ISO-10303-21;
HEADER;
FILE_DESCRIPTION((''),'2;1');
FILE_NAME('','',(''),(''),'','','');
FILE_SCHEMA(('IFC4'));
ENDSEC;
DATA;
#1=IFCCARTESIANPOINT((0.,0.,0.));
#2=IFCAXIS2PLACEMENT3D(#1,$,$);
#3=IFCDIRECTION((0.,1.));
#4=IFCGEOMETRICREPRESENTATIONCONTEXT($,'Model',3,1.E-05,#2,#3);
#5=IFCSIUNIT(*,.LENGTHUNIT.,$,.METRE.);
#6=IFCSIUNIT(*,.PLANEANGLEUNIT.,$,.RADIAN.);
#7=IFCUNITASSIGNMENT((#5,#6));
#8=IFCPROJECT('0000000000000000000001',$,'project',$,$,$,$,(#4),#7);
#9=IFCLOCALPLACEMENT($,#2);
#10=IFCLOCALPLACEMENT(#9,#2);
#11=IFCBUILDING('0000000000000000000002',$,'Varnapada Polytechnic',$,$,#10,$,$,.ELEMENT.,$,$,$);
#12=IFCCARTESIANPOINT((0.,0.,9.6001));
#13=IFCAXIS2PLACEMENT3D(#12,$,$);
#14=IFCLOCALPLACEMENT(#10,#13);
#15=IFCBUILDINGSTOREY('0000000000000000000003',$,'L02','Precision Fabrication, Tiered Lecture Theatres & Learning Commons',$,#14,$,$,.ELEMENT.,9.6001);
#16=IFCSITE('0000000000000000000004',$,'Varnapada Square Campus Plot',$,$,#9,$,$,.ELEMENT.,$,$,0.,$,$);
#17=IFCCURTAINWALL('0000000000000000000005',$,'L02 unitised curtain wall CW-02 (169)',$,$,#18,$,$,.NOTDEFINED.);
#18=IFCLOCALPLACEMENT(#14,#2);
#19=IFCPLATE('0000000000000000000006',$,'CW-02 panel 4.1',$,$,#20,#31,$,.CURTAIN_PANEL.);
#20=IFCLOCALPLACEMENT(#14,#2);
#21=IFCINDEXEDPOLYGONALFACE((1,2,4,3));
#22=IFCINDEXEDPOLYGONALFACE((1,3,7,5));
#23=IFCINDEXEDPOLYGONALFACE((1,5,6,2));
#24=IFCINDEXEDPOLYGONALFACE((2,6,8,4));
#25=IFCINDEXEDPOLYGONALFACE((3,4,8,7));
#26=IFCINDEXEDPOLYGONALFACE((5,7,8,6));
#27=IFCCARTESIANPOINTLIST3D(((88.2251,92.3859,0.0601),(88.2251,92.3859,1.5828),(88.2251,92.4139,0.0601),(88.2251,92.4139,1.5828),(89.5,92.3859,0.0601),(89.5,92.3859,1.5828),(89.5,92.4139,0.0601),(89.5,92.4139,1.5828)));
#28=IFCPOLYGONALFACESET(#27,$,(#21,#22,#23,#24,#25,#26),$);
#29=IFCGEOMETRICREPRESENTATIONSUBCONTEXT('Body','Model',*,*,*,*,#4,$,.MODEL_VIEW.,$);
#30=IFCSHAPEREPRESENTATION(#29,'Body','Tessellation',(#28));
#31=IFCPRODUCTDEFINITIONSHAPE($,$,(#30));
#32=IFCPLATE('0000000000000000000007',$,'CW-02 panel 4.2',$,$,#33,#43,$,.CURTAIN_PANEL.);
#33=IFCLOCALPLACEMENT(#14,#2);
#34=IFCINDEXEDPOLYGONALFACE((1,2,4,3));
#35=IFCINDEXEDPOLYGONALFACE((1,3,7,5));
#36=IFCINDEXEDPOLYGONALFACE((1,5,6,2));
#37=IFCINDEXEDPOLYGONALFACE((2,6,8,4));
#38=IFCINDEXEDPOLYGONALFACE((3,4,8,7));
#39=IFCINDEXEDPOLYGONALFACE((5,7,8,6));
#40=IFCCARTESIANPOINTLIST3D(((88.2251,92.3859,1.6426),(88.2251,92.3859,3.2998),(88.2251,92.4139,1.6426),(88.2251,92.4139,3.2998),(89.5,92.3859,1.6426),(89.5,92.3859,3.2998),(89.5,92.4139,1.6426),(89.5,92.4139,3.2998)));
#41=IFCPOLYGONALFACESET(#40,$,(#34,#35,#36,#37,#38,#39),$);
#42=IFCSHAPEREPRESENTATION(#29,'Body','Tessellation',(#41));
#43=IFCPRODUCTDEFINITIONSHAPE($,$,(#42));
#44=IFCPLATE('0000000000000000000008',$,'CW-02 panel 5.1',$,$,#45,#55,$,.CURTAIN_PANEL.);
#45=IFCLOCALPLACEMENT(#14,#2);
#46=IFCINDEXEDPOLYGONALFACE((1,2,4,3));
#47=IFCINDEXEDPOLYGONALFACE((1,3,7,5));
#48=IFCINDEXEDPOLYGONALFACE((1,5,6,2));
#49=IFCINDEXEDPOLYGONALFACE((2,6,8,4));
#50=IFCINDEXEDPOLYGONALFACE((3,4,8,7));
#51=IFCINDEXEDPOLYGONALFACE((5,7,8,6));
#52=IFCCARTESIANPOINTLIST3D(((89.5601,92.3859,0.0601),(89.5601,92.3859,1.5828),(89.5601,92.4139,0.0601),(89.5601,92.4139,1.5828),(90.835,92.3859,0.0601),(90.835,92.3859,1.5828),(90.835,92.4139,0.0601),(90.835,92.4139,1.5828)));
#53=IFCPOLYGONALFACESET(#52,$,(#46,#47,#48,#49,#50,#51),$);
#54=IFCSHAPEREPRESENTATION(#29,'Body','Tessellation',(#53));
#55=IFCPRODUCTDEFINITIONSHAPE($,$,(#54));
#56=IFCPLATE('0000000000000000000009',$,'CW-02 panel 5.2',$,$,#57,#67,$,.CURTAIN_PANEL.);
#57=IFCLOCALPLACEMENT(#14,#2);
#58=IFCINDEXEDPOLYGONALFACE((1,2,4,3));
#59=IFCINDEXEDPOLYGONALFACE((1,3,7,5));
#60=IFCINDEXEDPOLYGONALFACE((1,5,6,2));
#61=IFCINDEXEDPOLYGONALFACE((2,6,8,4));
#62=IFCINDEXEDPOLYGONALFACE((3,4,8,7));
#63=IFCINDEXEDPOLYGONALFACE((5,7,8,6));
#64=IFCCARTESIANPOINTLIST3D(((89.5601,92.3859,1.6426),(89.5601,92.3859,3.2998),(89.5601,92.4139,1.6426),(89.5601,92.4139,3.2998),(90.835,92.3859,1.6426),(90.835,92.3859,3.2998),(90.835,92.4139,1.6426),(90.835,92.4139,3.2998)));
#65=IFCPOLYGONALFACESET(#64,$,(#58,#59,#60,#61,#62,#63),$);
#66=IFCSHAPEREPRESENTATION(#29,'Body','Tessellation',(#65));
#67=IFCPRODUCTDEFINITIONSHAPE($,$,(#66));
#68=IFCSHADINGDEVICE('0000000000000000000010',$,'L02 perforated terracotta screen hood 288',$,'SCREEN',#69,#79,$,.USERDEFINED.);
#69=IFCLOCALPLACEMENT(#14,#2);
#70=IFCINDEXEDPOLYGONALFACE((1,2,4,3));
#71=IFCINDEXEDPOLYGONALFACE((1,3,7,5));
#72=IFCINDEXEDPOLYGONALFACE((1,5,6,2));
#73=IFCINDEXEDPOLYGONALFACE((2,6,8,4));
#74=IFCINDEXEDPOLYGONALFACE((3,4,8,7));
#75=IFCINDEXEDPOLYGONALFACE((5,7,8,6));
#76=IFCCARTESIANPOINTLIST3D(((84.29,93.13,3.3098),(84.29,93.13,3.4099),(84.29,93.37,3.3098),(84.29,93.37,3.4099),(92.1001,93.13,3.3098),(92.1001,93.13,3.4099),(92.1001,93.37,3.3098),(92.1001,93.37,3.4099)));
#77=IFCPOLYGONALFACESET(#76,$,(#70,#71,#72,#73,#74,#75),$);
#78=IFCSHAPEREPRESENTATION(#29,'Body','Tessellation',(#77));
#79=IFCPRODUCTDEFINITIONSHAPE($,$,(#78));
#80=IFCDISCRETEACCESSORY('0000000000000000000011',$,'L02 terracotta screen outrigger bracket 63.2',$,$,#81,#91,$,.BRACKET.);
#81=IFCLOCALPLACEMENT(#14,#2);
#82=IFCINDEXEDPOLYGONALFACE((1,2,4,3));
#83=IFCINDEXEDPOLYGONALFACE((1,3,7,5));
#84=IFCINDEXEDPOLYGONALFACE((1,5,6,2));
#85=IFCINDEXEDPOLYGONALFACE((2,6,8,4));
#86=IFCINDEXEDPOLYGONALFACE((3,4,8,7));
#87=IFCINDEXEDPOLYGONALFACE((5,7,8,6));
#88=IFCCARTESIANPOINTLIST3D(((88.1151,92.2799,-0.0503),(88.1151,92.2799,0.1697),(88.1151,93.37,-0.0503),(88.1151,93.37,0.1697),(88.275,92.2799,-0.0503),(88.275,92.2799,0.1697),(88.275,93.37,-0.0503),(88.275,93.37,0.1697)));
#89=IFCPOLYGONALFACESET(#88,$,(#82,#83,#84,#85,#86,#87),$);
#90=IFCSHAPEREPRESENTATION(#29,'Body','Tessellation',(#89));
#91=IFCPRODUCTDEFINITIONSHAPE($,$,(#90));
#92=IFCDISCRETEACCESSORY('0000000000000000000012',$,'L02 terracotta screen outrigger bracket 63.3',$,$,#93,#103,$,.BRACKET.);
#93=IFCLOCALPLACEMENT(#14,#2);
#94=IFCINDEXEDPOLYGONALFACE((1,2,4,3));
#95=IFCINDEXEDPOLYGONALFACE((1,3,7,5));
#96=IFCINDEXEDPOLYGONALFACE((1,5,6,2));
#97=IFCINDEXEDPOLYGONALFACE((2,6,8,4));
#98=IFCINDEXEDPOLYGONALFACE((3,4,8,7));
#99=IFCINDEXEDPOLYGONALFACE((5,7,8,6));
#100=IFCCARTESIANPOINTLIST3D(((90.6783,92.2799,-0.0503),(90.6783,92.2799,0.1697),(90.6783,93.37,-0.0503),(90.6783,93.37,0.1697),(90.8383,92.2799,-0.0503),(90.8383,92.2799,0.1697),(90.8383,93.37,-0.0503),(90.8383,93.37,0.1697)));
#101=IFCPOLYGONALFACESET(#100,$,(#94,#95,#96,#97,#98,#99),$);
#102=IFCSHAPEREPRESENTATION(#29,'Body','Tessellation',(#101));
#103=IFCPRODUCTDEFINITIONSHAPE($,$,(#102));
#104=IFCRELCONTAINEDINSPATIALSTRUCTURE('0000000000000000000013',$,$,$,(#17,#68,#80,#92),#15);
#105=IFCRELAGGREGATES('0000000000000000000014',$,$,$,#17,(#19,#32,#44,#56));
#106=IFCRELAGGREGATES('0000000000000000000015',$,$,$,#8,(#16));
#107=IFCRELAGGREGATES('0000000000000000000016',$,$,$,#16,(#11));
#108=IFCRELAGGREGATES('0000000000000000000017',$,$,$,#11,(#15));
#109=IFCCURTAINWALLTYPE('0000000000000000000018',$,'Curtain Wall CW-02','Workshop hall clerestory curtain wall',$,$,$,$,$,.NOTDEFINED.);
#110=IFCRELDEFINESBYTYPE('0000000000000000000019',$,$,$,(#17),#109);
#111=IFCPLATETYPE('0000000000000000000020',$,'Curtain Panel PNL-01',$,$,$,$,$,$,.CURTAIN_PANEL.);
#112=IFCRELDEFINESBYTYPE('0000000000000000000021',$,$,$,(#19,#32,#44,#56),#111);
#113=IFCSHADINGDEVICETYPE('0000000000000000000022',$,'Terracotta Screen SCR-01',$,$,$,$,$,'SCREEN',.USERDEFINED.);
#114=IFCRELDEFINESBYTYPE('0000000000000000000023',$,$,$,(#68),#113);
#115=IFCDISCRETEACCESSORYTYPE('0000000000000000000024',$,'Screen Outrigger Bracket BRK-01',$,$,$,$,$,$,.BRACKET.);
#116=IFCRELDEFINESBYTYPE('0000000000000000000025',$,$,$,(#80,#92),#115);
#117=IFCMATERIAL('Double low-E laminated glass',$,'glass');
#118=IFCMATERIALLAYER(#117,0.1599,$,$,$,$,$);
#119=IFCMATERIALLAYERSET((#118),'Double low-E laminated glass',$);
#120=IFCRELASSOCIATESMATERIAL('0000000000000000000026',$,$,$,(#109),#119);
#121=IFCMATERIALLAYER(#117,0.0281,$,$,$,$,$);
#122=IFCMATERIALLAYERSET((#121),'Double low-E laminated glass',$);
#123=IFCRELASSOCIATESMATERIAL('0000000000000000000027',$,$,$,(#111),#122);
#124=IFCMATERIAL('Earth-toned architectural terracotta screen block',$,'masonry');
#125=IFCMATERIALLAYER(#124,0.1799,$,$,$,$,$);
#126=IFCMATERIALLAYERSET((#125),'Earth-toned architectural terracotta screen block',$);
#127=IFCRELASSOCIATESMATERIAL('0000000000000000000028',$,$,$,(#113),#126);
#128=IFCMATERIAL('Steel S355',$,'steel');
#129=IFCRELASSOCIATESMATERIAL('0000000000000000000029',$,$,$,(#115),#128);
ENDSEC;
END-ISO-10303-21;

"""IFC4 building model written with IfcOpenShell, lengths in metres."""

from ifc_helpers import new_model, si_unit, direction, frame, origin, origin_2d, place, context, subcontext, project, spatial, rectangle, extrude, material, layer, layer_set, type_object, element, aggregate, save


model = new_model("IFC4")

# Units and contexts
model_context = context("Model", 3, precision=1e-05, world=origin(), true_north=direction((0.0, 1.0)))
body_context = subcontext(model_context, "Body", "Model", "MODEL_VIEW")
ifc_project = project(units=[si_unit("LENGTHUNIT", "METRE"), si_unit("PLANEANGLEUNIT", "RADIAN")], contexts=[model_context])

# Site, building, storey
site_placement = place(None, origin())
site = spatial("IfcSite", under=ifc_project, at=site_placement, Name="Varnapada Square Campus Plot", CompositionType="ELEMENT", RefElevation=0.0)
building_placement = place(site_placement, origin())
building = spatial("IfcBuilding", under=site, at=building_placement, Name="Varnapada Polytechnic", CompositionType="ELEMENT")
storey_placement = place(building_placement, frame((0.0, 0.0, 9.6001)))
storey = spatial("IfcBuildingStorey", under=building, at=storey_placement, Name="L02", Description="Precision Fabrication, Tiered Lecture Theatres & Learning Commons", CompositionType="ELEMENT", Elevation=9.6001)

# Curtain wall, plates
ifc_material_1 = material(Name="Double low-E laminated glass", Category="glass")
ifc_layer_1 = layer(ifc_material_1, 0.1599)
ifc_layer_set_1 = layer_set([ifc_layer_1], Name="Double low-E laminated glass")
curtain_wall_type = type_object("IfcCurtainWallType", Name="Curtain Wall CW-02", Description="Workshop hall clerestory curtain wall", PredefinedType="NOTDEFINED", material=ifc_layer_set_1)
curtain_wall_placement = place(storey_placement, origin())
curtain_wall = element("IfcCurtainWall", 1, at=curtain_wall_placement, inside=storey, type_object=curtain_wall_type, Name="L02 unitised curtain wall CW-02 (169)", PredefinedType="NOTDEFINED")
ifc_layer_2 = layer(ifc_material_1, 0.0281)
ifc_layer_set_2 = layer_set([ifc_layer_2], Name="Double low-E laminated glass")
plate_type = type_object("IfcPlateType", Name="Curtain Panel PNL-01", PredefinedType="CURTAIN_PANEL", material=ifc_layer_set_2)
plate_1_placement = place(storey_placement, frame((88.8625, 92.3999, 0.0601), z_axis=(0.0, 0.0, 1.0), x_axis=(1.0, 0.0, 0.0)))
plate_1 = element("IfcPlate", 2, at=plate_1_placement, type_object=plate_type, Name="CW-02 panel 4.1", PredefinedType="CURTAIN_PANEL", context=body_context, shape_type="SweptSolid", body=[
    extrude(rectangle(XDim=1.2749, YDim=0.0281, at=origin_2d()), origin(), (0.0, 0.0, 1.0), 1.5227),
])
plate_2_placement = place(storey_placement, frame((88.8625, 92.3999, 1.6426), z_axis=(0.0, 0.0, 1.0), x_axis=(1.0, 0.0, 0.0)))
plate_2 = element("IfcPlate", 3, at=plate_2_placement, type_object=plate_type, Name="CW-02 panel 4.2", PredefinedType="CURTAIN_PANEL", context=body_context, shape_type="SweptSolid", body=[
    extrude(rectangle(XDim=1.2749, YDim=0.0281, at=origin_2d()), origin(), (0.0, 0.0, 1.0), 1.6572),
])
plate_3_placement = place(storey_placement, frame((90.1975, 92.3999, 0.0601), z_axis=(0.0, 0.0, 1.0), x_axis=(1.0, 0.0, 0.0)))
plate_3 = element("IfcPlate", 4, at=plate_3_placement, type_object=plate_type, Name="CW-02 panel 5.1", PredefinedType="CURTAIN_PANEL", context=body_context, shape_type="SweptSolid", body=[
    extrude(rectangle(XDim=1.2749, YDim=0.0281, at=origin_2d()), origin(), (0.0, 0.0, 1.0), 1.5227),
])
plate_4_placement = place(storey_placement, frame((90.1975, 92.3999, 1.6426), z_axis=(0.0, 0.0, 1.0), x_axis=(1.0, 0.0, 0.0)))
plate_4 = element("IfcPlate", 5, at=plate_4_placement, type_object=plate_type, Name="CW-02 panel 5.2", PredefinedType="CURTAIN_PANEL", context=body_context, shape_type="SweptSolid", body=[
    extrude(rectangle(XDim=1.2749, YDim=0.0281, at=origin_2d()), origin(), (0.0, 0.0, 1.0), 1.6572),
])
aggregate(curtain_wall, [plate_1, plate_2, plate_3, plate_4])

# Shading device
ifc_material_2 = material(Name="Earth-toned architectural terracotta screen block", Category="masonry")
ifc_layer_3 = layer(ifc_material_2, 0.1799)
ifc_layer_set_3 = layer_set([ifc_layer_3], Name="Earth-toned architectural terracotta screen block")
shading_device_type = type_object("IfcShadingDeviceType", Name="Terracotta Screen SCR-01", ElementType="SCREEN", PredefinedType="USERDEFINED", material=ifc_layer_set_3)
shading_device_placement = place(storey_placement, frame((88.1951, 93.25, 3.3098), z_axis=(0.0, 0.0, 1.0), x_axis=(1.0, 0.0, 0.0)))
element("IfcShadingDevice", 6, at=shading_device_placement, inside=storey, type_object=shading_device_type, Name="L02 perforated terracotta screen hood 288", ObjectType="SCREEN", PredefinedType="USERDEFINED", context=body_context, shape_type="SweptSolid", body=[
    extrude(rectangle(XDim=7.8101, YDim=0.24, at=origin_2d()), origin(), (0.0, 0.0, 1.0), 0.1001),
])

# Discrete accessories
ifc_material_3 = material(Name="Steel S355", Category="steel")
discrete_accessory_type = type_object("IfcDiscreteAccessoryType", Name="Screen Outrigger Bracket BRK-01", PredefinedType="BRACKET", material=ifc_material_3)
for number, where, z_axis, x_axis, name in (
    (7, (88.1951, 92.825, -0.0503), (0.0, 0.0, 1.0), (1.0, 0.0, 0.0), "L02 terracotta screen outrigger bracket 63.2"),
    (8, (90.7583, 92.825, -0.0503), (0.0, 0.0, 1.0), (1.0, 0.0, 0.0), "L02 terracotta screen outrigger bracket 63.3"),
):
    element("IfcDiscreteAccessory", number, at=place(storey_placement, frame(where, z_axis=z_axis, x_axis=x_axis)), inside=storey, type_object=discrete_accessory_type, Name=name, PredefinedType="BRACKET", context=body_context, shape_type="SweptSolid", body=[
        extrude(rectangle(XDim=0.1599, YDim=1.0901, at=origin_2d()), origin(), (0.0, 0.0, 1.0), 0.22),
    ])

save(model, "model.ifc")
